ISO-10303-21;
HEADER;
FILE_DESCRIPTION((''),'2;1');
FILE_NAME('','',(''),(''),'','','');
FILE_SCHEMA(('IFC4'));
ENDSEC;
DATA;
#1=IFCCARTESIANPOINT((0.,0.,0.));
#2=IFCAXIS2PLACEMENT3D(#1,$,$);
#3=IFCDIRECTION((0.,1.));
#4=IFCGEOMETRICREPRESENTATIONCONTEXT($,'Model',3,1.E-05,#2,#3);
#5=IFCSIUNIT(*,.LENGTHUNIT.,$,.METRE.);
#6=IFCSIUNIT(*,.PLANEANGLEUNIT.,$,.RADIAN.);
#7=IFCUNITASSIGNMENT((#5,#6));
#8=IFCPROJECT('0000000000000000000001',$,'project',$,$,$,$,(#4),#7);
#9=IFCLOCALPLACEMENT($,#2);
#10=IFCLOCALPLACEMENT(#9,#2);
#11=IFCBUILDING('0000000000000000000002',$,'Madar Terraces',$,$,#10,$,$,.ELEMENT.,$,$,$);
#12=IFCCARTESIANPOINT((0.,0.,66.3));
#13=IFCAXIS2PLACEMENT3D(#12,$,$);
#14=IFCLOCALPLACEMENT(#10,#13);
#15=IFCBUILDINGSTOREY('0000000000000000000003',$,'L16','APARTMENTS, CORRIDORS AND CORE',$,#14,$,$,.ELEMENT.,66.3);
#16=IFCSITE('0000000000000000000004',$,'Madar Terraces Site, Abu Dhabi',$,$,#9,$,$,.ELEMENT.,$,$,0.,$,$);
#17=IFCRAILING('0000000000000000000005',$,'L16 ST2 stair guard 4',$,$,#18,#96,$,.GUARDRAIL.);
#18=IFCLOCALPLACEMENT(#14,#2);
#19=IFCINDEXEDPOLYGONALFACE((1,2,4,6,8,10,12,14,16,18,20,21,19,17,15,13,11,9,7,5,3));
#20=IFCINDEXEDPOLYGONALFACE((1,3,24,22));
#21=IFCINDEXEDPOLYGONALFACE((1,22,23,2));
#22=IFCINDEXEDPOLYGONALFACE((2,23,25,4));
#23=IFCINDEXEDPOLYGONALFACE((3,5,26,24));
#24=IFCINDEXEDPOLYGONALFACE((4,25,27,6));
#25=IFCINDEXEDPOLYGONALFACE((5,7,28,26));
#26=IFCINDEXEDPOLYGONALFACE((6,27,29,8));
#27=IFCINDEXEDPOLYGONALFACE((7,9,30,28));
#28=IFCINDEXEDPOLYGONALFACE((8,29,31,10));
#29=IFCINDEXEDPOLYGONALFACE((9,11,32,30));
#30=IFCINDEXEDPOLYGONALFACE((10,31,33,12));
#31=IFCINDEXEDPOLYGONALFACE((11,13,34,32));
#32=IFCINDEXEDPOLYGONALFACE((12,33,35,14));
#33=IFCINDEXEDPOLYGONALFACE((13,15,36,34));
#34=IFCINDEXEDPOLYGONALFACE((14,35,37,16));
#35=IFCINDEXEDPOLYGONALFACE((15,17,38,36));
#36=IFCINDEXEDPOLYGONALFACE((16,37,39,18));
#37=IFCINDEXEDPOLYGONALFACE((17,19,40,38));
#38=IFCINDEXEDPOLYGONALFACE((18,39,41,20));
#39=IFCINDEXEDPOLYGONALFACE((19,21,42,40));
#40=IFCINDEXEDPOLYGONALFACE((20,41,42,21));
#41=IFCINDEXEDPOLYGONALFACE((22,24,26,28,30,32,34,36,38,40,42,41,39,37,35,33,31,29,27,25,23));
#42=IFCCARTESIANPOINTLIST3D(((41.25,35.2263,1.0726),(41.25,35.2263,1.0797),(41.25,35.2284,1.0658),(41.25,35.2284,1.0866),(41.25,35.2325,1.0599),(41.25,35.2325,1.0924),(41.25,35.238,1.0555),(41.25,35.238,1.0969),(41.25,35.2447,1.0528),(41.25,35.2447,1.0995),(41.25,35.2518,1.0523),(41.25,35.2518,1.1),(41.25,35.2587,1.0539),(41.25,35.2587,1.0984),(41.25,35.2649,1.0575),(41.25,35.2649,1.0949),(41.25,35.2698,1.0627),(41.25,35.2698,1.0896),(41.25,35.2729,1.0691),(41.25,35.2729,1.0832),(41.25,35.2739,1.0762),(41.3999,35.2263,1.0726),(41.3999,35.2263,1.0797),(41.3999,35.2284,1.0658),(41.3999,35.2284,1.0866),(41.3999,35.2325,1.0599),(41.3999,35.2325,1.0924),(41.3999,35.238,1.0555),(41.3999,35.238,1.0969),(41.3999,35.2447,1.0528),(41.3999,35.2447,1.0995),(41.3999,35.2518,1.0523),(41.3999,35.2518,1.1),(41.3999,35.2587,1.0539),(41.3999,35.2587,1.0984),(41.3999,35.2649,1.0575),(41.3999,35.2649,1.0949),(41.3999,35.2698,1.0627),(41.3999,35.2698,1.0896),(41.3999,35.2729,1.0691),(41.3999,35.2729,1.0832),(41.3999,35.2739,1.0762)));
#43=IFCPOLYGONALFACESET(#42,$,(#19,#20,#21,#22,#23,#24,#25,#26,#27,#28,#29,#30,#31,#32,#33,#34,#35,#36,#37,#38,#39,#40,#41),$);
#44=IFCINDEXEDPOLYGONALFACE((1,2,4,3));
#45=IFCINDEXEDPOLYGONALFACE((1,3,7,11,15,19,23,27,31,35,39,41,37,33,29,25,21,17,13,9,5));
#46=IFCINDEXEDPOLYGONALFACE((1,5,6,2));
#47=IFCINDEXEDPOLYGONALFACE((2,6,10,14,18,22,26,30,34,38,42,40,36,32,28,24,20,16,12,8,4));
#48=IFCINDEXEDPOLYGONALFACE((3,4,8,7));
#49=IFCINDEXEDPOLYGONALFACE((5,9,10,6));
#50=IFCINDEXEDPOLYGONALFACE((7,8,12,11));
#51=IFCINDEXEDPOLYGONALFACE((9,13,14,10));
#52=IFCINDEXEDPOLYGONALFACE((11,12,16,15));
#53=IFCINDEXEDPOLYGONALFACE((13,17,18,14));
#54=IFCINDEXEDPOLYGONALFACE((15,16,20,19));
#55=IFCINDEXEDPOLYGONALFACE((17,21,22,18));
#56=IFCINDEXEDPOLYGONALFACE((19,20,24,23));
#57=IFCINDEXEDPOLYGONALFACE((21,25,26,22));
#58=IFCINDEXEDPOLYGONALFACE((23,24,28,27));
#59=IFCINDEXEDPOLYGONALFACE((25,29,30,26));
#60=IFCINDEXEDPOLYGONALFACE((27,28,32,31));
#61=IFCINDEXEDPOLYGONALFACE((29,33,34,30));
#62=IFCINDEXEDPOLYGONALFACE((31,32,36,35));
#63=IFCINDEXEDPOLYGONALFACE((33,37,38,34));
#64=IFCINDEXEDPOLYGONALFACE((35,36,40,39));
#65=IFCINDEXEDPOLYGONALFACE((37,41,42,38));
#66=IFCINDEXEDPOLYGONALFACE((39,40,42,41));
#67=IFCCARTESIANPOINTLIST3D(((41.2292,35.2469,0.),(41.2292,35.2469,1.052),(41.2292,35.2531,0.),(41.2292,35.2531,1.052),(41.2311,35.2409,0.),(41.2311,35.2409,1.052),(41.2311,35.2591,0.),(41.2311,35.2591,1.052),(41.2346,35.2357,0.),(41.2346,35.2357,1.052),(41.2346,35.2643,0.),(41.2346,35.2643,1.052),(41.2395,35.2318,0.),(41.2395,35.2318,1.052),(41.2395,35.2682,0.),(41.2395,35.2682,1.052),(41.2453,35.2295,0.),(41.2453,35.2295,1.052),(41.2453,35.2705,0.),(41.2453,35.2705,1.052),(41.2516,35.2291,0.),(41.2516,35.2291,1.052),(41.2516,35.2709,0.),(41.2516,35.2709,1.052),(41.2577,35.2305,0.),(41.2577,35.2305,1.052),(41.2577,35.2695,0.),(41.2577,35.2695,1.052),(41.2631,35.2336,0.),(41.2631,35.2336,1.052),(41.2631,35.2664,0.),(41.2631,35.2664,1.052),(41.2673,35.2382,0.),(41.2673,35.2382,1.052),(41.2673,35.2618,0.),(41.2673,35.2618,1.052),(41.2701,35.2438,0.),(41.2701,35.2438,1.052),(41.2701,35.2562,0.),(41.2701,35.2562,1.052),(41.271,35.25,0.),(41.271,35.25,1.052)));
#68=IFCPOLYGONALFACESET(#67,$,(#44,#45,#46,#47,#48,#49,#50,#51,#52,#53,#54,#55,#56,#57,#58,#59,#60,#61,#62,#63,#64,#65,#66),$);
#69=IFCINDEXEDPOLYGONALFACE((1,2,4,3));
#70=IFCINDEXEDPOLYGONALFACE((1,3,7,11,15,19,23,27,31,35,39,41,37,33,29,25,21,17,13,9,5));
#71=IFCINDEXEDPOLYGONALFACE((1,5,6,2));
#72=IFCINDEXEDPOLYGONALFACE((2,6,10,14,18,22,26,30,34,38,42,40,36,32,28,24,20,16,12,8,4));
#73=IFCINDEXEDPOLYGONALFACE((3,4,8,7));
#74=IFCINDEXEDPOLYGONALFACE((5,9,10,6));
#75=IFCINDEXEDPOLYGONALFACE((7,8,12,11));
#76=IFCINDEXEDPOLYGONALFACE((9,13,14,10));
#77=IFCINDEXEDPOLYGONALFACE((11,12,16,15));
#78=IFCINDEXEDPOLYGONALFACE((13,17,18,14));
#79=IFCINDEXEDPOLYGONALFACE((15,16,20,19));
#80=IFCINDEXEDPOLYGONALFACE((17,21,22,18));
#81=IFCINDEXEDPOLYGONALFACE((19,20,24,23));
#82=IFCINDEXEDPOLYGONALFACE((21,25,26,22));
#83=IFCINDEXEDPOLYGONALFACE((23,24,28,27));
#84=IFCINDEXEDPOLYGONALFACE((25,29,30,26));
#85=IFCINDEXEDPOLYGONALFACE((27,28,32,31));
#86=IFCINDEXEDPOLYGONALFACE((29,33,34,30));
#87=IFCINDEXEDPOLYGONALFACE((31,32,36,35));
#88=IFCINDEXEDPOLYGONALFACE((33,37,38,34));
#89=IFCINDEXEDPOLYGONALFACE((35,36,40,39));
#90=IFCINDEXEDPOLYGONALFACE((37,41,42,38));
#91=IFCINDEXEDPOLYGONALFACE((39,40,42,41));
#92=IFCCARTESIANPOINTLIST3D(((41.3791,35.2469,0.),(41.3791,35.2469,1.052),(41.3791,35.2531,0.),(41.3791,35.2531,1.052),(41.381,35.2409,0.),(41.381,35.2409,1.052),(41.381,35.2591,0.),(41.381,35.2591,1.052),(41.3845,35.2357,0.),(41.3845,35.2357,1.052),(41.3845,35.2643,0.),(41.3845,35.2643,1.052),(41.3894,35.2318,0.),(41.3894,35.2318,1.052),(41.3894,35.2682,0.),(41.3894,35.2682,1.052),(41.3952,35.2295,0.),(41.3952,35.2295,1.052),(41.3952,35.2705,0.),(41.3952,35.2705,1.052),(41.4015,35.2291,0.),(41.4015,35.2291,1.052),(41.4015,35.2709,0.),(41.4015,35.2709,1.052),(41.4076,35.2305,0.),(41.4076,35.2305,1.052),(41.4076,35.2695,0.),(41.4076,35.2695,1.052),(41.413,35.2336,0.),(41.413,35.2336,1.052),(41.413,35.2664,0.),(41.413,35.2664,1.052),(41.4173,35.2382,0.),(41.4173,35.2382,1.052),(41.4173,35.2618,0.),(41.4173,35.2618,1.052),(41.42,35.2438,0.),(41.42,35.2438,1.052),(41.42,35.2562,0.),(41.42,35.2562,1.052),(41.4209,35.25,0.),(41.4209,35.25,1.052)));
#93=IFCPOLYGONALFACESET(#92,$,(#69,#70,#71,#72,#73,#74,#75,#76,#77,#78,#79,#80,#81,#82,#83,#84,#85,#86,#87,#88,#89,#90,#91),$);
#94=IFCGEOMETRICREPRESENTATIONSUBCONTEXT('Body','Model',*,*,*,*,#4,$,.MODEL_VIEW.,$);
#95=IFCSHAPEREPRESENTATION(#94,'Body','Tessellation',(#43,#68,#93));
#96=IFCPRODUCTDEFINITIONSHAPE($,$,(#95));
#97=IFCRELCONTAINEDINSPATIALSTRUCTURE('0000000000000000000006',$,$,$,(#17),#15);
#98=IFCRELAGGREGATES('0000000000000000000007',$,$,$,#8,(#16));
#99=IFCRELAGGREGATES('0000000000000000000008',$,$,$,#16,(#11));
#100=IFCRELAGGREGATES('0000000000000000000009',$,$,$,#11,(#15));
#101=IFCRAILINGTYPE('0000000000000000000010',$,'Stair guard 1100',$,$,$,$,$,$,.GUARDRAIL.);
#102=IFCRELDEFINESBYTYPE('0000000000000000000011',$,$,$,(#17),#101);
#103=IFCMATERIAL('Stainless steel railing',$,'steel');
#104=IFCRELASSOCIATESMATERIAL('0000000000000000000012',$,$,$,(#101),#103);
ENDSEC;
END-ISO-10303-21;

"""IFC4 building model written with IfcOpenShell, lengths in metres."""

from ifc_helpers import new_model, si_unit, direction, frame, origin, origin_2d, place, context, subcontext, project, spatial, circle, extrude, material, type_object, element, save


model = new_model("IFC4")

# Units and contexts
model_context = context("Model", 3, precision=1e-05, world=origin(), true_north=direction((0.0, 1.0)))
body_context = subcontext(model_context, "Body", "Model", "MODEL_VIEW")
ifc_project = project(units=[si_unit("LENGTHUNIT", "METRE"), si_unit("PLANEANGLEUNIT", "RADIAN")], contexts=[model_context])

# Site, building, storey
site_placement = place(None, origin())
site = spatial("IfcSite", under=ifc_project, at=site_placement, Name="Madar Terraces Site, Abu Dhabi", CompositionType="ELEMENT", RefElevation=0.0)
building_placement = place(site_placement, origin())
building = spatial("IfcBuilding", under=site, at=building_placement, Name="Madar Terraces", CompositionType="ELEMENT")
storey_placement = place(building_placement, frame((0.0, 0.0, 66.3)))
storey = spatial("IfcBuildingStorey", under=building, at=storey_placement, Name="L16", Description="APARTMENTS, CORRIDORS AND CORE", CompositionType="ELEMENT", Elevation=66.3)

# Railing
ifc_material_1 = material(Name="Stainless steel railing", Category="steel")
railing_type_1 = type_object("IfcRailingType", Name="Stair guard 1100", PredefinedType="GUARDRAIL", material=ifc_material_1)
railing_1_placement = place(storey_placement, frame((41.25, 35.25, 0.0)))
element("IfcRailing", 1, at=railing_1_placement, inside=storey, type_object=railing_type_1, Name="L16 ST2 stair guard 4", PredefinedType="GUARDRAIL", context=body_context, shape_type="SweptSolid", body=[
    extrude(circle(Radius=0.0239, at=origin_2d()), frame((0.0, 0.0, 1.0762), z_axis=(1.0, 0.0, 0.0), x_axis=(0.0, 1.0, 0.0)), (0.0, 0.0, 1.0), 0.1499),
    extrude(circle(Radius=0.021, at=origin_2d()), origin(), (0.0, 0.0, 1.0), 1.052),
    extrude(circle(Radius=0.021, at=origin_2d()), frame((0.1499, 0.0, 0.0)), (0.0, 0.0, 1.0), 1.052),
])

save(model, "model.ifc")
